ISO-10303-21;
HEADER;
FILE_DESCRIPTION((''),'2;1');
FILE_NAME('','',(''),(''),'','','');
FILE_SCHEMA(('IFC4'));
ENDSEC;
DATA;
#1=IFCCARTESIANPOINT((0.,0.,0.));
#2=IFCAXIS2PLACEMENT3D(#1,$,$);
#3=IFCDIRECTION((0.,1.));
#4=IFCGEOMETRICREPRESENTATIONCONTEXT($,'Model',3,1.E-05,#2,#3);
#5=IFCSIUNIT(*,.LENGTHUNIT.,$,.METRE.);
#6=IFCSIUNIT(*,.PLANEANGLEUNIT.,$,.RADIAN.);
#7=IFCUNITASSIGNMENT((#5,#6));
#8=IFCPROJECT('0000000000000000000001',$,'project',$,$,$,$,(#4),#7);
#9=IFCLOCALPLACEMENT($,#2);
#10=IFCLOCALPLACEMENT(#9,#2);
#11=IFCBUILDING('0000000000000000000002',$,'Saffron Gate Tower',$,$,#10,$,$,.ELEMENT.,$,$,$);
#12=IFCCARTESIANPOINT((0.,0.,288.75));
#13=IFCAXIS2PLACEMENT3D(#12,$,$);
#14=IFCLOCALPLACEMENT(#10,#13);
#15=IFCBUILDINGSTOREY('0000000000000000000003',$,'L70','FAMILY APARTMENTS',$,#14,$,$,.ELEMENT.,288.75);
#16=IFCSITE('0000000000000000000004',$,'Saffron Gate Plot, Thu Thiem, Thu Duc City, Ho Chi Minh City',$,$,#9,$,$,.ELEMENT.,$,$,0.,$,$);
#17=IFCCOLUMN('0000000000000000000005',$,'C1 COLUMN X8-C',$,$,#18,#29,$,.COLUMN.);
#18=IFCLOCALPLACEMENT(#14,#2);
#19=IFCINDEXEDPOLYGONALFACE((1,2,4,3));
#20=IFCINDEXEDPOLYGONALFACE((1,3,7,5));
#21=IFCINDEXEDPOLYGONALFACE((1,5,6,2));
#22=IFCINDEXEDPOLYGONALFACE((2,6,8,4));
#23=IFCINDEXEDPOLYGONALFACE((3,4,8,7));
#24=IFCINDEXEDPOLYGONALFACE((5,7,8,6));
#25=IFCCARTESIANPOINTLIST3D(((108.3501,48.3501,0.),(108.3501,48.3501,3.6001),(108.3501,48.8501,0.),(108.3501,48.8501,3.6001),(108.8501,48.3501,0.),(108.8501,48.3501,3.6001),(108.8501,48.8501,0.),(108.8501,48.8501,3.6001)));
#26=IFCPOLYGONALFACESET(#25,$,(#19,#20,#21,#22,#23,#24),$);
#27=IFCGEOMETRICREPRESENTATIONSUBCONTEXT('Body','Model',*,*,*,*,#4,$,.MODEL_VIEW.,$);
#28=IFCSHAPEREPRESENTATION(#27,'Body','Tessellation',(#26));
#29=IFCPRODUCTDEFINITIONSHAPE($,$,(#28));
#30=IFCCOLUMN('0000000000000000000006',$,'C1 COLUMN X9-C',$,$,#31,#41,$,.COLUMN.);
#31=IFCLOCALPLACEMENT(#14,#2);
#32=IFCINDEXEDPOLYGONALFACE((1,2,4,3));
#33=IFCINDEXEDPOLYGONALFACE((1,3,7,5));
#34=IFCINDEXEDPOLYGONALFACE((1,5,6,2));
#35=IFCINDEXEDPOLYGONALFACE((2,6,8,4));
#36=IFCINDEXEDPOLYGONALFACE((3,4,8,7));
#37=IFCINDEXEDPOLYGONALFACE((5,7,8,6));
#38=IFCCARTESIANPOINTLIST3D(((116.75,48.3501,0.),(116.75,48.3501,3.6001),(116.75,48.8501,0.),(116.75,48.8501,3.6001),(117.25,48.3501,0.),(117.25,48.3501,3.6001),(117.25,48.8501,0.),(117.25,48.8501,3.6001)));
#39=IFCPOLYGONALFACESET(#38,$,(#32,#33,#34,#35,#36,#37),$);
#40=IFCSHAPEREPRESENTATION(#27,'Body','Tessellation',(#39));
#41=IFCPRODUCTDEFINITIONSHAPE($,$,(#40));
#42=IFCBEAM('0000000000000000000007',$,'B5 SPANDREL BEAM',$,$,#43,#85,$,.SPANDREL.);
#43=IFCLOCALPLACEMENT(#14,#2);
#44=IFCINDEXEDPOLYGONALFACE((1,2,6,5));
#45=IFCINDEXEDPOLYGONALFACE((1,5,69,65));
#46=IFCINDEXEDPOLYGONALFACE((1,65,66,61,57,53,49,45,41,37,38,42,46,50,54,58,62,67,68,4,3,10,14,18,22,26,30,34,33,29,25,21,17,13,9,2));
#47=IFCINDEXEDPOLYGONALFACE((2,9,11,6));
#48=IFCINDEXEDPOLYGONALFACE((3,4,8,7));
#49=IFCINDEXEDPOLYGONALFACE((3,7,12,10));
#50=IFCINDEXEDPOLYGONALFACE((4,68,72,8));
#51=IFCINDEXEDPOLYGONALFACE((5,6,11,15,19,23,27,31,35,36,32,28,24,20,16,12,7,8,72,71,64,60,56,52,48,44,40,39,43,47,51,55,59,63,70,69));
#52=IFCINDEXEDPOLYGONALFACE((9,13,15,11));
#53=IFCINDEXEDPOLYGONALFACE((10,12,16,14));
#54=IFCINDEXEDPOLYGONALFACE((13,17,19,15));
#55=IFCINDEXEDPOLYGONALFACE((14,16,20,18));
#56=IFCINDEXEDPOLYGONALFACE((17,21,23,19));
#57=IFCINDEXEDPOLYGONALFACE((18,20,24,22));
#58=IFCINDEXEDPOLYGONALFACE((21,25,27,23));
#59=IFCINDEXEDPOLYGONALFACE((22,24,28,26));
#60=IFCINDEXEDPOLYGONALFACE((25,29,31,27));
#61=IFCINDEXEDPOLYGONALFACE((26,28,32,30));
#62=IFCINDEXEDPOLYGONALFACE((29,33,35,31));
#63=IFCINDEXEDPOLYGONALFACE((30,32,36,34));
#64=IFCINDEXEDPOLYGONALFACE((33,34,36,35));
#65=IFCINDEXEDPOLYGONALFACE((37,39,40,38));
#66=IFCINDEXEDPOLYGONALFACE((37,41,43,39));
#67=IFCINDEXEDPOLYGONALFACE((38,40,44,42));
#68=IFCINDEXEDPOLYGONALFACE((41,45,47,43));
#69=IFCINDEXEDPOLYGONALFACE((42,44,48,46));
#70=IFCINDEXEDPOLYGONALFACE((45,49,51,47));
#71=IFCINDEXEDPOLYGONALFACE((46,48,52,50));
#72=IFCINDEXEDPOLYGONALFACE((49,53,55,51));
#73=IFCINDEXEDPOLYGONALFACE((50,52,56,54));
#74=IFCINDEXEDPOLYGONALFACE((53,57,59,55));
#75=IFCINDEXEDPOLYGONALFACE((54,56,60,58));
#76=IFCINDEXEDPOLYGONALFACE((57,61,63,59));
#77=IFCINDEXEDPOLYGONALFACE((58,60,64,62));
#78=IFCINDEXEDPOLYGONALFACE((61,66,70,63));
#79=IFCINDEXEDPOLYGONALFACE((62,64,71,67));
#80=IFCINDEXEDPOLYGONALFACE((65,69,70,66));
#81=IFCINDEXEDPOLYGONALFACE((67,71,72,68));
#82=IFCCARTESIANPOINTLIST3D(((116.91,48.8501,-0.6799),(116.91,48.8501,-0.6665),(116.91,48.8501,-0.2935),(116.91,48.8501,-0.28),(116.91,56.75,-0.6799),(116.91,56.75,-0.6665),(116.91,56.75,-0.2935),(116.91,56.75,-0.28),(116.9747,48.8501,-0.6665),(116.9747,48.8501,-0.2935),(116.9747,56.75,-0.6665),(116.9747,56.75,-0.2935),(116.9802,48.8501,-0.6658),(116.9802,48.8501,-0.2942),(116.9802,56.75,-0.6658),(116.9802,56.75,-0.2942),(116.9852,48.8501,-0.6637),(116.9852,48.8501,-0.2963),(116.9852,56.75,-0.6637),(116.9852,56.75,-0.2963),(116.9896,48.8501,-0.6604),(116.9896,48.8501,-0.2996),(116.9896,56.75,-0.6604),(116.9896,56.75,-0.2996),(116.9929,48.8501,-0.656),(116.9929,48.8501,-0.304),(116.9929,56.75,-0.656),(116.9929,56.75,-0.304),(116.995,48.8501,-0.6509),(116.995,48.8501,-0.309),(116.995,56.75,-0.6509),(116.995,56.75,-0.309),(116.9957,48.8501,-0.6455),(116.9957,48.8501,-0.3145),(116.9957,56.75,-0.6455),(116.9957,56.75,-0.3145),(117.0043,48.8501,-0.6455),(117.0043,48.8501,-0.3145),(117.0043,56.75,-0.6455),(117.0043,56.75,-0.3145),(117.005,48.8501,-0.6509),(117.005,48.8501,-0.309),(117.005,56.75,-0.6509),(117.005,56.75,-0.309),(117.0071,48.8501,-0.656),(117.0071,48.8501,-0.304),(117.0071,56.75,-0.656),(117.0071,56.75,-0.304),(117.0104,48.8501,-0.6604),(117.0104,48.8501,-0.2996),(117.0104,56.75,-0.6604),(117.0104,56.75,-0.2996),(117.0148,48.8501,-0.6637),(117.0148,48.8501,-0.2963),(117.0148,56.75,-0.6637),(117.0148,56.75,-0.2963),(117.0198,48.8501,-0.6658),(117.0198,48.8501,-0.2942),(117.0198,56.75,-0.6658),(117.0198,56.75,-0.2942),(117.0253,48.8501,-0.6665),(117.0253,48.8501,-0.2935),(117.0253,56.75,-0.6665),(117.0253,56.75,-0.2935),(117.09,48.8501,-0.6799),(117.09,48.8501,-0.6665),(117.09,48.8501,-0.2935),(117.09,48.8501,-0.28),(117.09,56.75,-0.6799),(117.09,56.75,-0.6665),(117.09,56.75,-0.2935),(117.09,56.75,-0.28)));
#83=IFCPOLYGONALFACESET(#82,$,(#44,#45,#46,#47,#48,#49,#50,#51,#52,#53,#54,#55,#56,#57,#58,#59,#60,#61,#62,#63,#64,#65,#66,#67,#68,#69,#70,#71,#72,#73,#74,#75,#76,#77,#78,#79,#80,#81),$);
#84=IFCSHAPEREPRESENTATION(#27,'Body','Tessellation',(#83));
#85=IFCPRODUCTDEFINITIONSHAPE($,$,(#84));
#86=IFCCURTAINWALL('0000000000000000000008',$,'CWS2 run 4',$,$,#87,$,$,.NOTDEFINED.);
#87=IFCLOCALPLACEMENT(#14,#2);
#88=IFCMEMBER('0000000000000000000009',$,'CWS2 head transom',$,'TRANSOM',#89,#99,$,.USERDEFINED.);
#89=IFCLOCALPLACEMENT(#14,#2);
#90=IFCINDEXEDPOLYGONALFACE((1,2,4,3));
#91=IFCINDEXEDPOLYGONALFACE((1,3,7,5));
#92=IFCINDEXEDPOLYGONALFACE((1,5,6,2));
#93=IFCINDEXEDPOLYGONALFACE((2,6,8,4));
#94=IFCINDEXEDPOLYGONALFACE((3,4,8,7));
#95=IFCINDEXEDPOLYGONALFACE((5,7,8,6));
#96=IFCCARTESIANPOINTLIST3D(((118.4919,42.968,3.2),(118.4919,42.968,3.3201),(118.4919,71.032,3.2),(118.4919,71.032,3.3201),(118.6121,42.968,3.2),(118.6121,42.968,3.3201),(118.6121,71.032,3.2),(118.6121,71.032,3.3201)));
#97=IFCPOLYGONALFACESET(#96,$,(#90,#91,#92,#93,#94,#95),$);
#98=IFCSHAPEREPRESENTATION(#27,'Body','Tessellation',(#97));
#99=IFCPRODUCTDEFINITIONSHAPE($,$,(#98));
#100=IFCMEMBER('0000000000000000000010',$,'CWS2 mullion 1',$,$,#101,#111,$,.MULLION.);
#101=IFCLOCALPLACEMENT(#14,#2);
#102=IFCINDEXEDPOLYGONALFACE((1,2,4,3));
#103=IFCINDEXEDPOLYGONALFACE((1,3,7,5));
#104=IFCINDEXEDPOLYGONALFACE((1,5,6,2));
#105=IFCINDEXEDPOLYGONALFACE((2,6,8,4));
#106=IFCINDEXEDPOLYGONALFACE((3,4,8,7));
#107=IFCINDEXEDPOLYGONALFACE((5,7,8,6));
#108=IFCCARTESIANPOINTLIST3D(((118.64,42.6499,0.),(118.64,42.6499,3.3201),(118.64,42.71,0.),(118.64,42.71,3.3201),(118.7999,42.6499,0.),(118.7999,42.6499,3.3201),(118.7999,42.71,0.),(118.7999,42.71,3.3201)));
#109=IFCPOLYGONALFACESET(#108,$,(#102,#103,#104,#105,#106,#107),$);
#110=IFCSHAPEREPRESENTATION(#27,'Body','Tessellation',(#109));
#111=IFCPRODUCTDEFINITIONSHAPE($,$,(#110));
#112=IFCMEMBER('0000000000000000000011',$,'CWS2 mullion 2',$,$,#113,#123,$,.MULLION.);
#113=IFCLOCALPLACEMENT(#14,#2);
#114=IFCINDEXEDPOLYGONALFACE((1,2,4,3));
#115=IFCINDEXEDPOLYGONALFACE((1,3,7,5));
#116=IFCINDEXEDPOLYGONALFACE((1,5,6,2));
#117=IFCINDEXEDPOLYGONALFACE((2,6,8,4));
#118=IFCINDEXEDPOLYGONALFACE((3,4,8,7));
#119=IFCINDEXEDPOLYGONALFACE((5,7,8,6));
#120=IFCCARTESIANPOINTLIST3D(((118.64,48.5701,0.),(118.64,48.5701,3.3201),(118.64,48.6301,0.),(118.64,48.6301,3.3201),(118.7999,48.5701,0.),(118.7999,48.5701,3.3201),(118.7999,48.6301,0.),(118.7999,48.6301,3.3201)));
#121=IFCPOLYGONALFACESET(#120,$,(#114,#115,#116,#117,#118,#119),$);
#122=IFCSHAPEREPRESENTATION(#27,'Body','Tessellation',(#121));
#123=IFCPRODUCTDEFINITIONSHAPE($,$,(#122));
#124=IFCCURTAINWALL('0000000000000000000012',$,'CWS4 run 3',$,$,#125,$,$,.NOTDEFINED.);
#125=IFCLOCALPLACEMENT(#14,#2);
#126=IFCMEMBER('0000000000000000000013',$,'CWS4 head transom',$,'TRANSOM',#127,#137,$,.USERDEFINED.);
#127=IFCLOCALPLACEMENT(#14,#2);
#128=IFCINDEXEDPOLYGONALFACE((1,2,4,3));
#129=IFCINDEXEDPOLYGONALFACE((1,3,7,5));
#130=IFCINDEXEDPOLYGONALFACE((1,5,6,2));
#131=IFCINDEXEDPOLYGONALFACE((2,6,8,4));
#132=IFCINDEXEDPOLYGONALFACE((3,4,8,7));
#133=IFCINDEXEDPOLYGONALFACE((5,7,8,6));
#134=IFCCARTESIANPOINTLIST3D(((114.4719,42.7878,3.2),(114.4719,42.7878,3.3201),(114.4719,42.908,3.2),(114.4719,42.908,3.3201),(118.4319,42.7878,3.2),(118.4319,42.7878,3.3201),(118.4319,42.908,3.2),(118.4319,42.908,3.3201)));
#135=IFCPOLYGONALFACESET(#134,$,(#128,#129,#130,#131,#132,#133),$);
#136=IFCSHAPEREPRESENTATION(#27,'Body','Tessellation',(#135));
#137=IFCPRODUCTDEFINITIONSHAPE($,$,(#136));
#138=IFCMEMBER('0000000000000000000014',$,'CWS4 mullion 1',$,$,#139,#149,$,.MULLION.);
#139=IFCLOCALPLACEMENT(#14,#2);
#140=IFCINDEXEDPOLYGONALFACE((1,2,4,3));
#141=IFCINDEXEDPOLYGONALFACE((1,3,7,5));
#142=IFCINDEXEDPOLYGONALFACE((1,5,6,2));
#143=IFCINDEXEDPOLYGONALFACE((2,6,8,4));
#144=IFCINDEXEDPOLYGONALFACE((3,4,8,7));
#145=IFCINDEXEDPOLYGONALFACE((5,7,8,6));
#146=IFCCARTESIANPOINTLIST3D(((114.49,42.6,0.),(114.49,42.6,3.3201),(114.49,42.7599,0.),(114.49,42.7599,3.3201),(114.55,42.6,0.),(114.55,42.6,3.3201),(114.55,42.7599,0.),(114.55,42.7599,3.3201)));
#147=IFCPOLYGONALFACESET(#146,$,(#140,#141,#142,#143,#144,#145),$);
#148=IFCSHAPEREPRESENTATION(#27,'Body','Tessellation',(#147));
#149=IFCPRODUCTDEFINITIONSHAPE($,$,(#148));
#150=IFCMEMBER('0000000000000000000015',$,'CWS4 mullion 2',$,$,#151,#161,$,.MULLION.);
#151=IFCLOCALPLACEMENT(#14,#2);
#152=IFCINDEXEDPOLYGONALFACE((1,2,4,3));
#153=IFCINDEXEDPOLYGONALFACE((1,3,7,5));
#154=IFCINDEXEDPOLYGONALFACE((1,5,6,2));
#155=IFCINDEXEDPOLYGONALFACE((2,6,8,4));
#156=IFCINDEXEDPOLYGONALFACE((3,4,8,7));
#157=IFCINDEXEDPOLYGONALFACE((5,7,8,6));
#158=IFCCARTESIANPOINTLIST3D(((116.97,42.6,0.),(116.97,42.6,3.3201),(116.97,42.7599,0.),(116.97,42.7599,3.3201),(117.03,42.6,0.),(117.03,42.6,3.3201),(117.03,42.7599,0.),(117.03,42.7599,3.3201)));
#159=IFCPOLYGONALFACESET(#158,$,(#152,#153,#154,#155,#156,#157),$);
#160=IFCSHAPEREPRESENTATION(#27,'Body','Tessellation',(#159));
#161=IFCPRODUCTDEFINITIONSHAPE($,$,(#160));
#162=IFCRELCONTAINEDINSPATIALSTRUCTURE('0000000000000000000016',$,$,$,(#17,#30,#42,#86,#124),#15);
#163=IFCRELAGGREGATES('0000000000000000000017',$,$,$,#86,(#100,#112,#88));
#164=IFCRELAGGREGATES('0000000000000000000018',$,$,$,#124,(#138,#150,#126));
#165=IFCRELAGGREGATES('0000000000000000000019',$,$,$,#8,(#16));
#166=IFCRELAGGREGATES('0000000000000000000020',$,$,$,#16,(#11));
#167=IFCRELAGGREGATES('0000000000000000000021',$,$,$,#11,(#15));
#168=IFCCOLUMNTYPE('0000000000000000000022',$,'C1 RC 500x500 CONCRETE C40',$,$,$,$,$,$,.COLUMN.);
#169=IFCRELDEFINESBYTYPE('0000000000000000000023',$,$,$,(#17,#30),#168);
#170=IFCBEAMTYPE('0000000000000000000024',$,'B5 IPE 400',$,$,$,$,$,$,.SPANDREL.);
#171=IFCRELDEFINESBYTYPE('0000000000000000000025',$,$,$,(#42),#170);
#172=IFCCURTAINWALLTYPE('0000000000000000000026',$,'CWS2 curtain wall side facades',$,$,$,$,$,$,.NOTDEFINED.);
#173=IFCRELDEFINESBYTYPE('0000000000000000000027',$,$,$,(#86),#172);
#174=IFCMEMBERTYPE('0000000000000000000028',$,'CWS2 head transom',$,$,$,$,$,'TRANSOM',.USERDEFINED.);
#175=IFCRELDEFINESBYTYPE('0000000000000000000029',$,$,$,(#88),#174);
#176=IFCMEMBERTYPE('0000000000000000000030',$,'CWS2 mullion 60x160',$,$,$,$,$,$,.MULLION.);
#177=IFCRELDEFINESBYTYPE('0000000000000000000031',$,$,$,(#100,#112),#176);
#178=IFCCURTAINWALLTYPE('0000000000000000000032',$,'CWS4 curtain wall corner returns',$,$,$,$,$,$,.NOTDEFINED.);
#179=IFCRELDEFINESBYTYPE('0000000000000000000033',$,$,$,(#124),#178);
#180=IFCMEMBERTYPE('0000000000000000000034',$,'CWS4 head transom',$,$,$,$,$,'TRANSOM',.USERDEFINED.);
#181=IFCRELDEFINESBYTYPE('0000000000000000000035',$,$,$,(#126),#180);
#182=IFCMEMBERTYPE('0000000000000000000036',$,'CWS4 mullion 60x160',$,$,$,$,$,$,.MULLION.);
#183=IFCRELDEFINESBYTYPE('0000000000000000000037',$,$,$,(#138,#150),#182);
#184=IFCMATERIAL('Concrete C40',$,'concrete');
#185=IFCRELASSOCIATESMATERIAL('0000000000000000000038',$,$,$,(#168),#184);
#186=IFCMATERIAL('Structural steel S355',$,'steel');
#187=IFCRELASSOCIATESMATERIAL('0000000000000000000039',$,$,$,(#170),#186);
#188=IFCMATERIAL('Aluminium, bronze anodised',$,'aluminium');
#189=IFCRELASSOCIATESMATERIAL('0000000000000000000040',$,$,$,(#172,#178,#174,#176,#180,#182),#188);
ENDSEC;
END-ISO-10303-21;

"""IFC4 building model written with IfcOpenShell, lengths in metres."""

from ifc_helpers import new_model, si_unit, direction, frame, origin, origin_2d, place, context, subcontext, project, spatial, rectangle, i_section, extrude, material, material_profile, profile_set, type_object, element, aggregate, save


model = new_model("IFC4")

# Units and contexts
model_context = context("Model", 3, precision=1e-05, world=origin(), true_north=direction((0.0, 1.0)))
body_context = subcontext(model_context, "Body", "Model", "MODEL_VIEW")
ifc_project = project(units=[si_unit("LENGTHUNIT", "METRE"), si_unit("PLANEANGLEUNIT", "RADIAN")], contexts=[model_context])

# Site, building, storey
site_placement = place(None, origin())
site = spatial("IfcSite", under=ifc_project, at=site_placement, Name="Saffron Gate Plot, Thu Thiem, Thu Duc City, Ho Chi Minh City", CompositionType="ELEMENT", RefElevation=0.0)
building_placement = place(site_placement, origin())
building = spatial("IfcBuilding", under=site, at=building_placement, Name="Saffron Gate Tower", CompositionType="ELEMENT")
storey_placement = place(building_placement, frame((0.0, 0.0, 288.75)))
storey = spatial("IfcBuildingStorey", under=building, at=storey_placement, Name="L70", Description="FAMILY APARTMENTS", CompositionType="ELEMENT", Elevation=288.75)

# Columns
ifc_material_1 = material(Name="Concrete C40", Category="concrete")
ifc_material_profile_1 = material_profile(ifc_material_1, rectangle(XDim=0.5, YDim=0.5, at=origin_2d()))
ifc_profile_set_1 = profile_set([ifc_material_profile_1], Name="Concrete C40")
column_type = type_object("IfcColumnType", Name="C1 RC 500x500 CONCRETE C40", PredefinedType="COLUMN", material=ifc_profile_set_1)
for number, where, z_axis, x_axis, name in (
    (1, (108.6001, 48.6001, 0.0), (0.0, 0.0, 1.0), (1.0, 0.0, 0.0), "C1 COLUMN X8-C"),
    (2, (117.0, 48.6001, 0.0), (0.0, 0.0, 1.0), (1.0, 0.0, 0.0), "C1 COLUMN X9-C"),
):
    element("IfcColumn", number, at=place(storey_placement, frame(where, z_axis=z_axis, x_axis=x_axis)), inside=storey, type_object=column_type, Name=name, PredefinedType="COLUMN", context=body_context, shape_type="SweptSolid", body=[
        extrude(rectangle(XDim=0.5, YDim=0.5, at=origin_2d()), origin(), (0.0, 0.0, 1.0), 3.6001),
    ])

# Beam
ifc_material_2 = material(Name="Structural steel S355", Category="steel")
ifc_material_profile_2 = material_profile(ifc_material_2, i_section(OverallWidth=0.1799, OverallDepth=0.3999, WebThickness=0.0085, FlangeThickness=0.0134, FilletRadius=0.021, at=origin_2d()))
ifc_profile_set_2 = profile_set([ifc_material_profile_2], Name="Structural steel S355")
beam_type = type_object("IfcBeamType", Name="B5 IPE 400", PredefinedType="SPANDREL", material=ifc_profile_set_2)
beam_placement = place(storey_placement, frame((117.0, 48.8501, -0.48), z_axis=(0.0, 1.0, 0.0), x_axis=(-1.0, 0.0, 0.0)))
element("IfcBeam", 3, at=beam_placement, inside=storey, type_object=beam_type, Name="B5 SPANDREL BEAM", PredefinedType="SPANDREL", context=body_context, shape_type="SweptSolid", body=[
    extrude(i_section(OverallWidth=0.1799, OverallDepth=0.3999, WebThickness=0.0085, FlangeThickness=0.0134, FilletRadius=0.021, at=origin_2d()), origin(), (0.0, 0.0, 1.0), 7.8999),
])

# Curtain walls, members
ifc_material_3 = material(Name="Aluminium, bronze anodised", Category="aluminium")
curtain_wall_type_1 = type_object("IfcCurtainWallType", Name="CWS2 curtain wall side facades", PredefinedType="NOTDEFINED", material=ifc_material_3)
curtain_wall_1_placement = place(storey_placement, origin())
curtain_wall_1 = element("IfcCurtainWall", 4, at=curtain_wall_1_placement, inside=storey, type_object=curtain_wall_type_1, Name="CWS2 run 4", PredefinedType="NOTDEFINED")
ifc_material_profile_3 = material_profile(ifc_material_3, rectangle(XDim=0.1201, YDim=0.1201, at=origin_2d()))
ifc_profile_set_3 = profile_set([ifc_material_profile_3], Name="Aluminium, bronze anodised")
member_type_1 = type_object("IfcMemberType", Name="CWS2 head transom", ElementType="TRANSOM", PredefinedType="USERDEFINED", material=ifc_profile_set_3)
member_1_placement = place(storey_placement, frame((118.552, 42.968, 3.26), z_axis=(0.0, 1.0, 0.0), x_axis=(-1.0, 0.0, 0.0)))
member_1 = element("IfcMember", 5, at=member_1_placement, type_object=member_type_1, Name="CWS2 head transom", ObjectType="TRANSOM", PredefinedType="USERDEFINED", context=body_context, shape_type="SweptSolid", body=[
    extrude(rectangle(XDim=0.1201, YDim=0.1201, at=origin_2d()), origin(), (0.0, 0.0, 1.0), 28.064),
])
ifc_material_profile_4 = material_profile(ifc_material_3, rectangle(XDim=0.1599, YDim=0.0601, at=origin_2d()))
ifc_profile_set_4 = profile_set([ifc_material_profile_4], Name="Aluminium, bronze anodised")
member_type_2 = type_object("IfcMemberType", Name="CWS2 mullion 60x160", PredefinedType="MULLION", material=ifc_profile_set_4)
member_2_placement = place(storey_placement, frame((118.72, 42.6799, 0.0), z_axis=(0.0, 0.0, 1.0), x_axis=(-1.0, 0.0, 0.0)))
member_2 = element("IfcMember", 6, at=member_2_placement, type_object=member_type_2, Name="CWS2 mullion 1", PredefinedType="MULLION", context=body_context, shape_type="SweptSolid", body=[
    extrude(rectangle(XDim=0.1599, YDim=0.0601, at=origin_2d()), origin(), (0.0, 0.0, 1.0), 3.3201),
])
member_3_placement = place(storey_placement, frame((118.72, 48.6001, 0.0), z_axis=(0.0, 0.0, 1.0), x_axis=(-1.0, 0.0, 0.0)))
member_3 = element("IfcMember", 7, at=member_3_placement, type_object=member_type_2, Name="CWS2 mullion 2", PredefinedType="MULLION", context=body_context, shape_type="SweptSolid", body=[
    extrude(rectangle(XDim=0.1599, YDim=0.0601, at=origin_2d()), origin(), (0.0, 0.0, 1.0), 3.3201),
])
curtain_wall_type_2 = type_object("IfcCurtainWallType", Name="CWS4 curtain wall corner returns", PredefinedType="NOTDEFINED", material=ifc_material_3)
curtain_wall_2_placement = place(storey_placement, origin())
curtain_wall_2 = element("IfcCurtainWall", 8, at=curtain_wall_2_placement, inside=storey, type_object=curtain_wall_type_2, Name="CWS4 run 3", PredefinedType="NOTDEFINED")
ifc_material_profile_5 = material_profile(ifc_material_3, rectangle(XDim=0.1201, YDim=0.1201, at=origin_2d()))
ifc_profile_set_5 = profile_set([ifc_material_profile_5], Name="Aluminium, bronze anodised")
member_type_3 = type_object("IfcMemberType", Name="CWS4 head transom", ElementType="TRANSOM", PredefinedType="USERDEFINED", material=ifc_profile_set_5)
member_4_placement = place(storey_placement, frame((114.4719, 42.8479, 3.26), z_axis=(1.0, 0.0, 0.0), x_axis=(0.0, 1.0, 0.0)))
member_4 = element("IfcMember", 9, at=member_4_placement, type_object=member_type_3, Name="CWS4 head transom", ObjectType="TRANSOM", PredefinedType="USERDEFINED", context=body_context, shape_type="SweptSolid", body=[
    extrude(rectangle(XDim=0.1201, YDim=0.1201, at=origin_2d()), origin(), (0.0, 0.0, 1.0), 3.96),
])
ifc_material_profile_6 = material_profile(ifc_material_3, rectangle(XDim=0.1599, YDim=0.0601, at=origin_2d()))
ifc_profile_set_6 = profile_set([ifc_material_profile_6], Name="Aluminium, bronze anodised")
member_type_4 = type_object("IfcMemberType", Name="CWS4 mullion 60x160", PredefinedType="MULLION", material=ifc_profile_set_6)
member_5_placement = place(storey_placement, frame((114.52, 42.6799, 0.0), z_axis=(0.0, 0.0, 1.0), x_axis=(0.0, 1.0, 0.0)))
member_5 = element("IfcMember", 10, at=member_5_placement, type_object=member_type_4, Name="CWS4 mullion 1", PredefinedType="MULLION", context=body_context, shape_type="SweptSolid", body=[
    extrude(rectangle(XDim=0.1599, YDim=0.0601, at=origin_2d()), origin(), (0.0, 0.0, 1.0), 3.3201),
])
member_6_placement = place(storey_placement, frame((117.0, 42.6799, 0.0), z_axis=(0.0, 0.0, 1.0), x_axis=(0.0, 1.0, 0.0)))
member_6 = element("IfcMember", 11, at=member_6_placement, type_object=member_type_4, Name="CWS4 mullion 2", PredefinedType="MULLION", context=body_context, shape_type="SweptSolid", body=[
    extrude(rectangle(XDim=0.1599, YDim=0.0601, at=origin_2d()), origin(), (0.0, 0.0, 1.0), 3.3201),
])

aggregate(curtain_wall_1, [member_2, member_3, member_1])

aggregate(curtain_wall_2, [member_5, member_6, member_4])

save(model, "model.ifc")
